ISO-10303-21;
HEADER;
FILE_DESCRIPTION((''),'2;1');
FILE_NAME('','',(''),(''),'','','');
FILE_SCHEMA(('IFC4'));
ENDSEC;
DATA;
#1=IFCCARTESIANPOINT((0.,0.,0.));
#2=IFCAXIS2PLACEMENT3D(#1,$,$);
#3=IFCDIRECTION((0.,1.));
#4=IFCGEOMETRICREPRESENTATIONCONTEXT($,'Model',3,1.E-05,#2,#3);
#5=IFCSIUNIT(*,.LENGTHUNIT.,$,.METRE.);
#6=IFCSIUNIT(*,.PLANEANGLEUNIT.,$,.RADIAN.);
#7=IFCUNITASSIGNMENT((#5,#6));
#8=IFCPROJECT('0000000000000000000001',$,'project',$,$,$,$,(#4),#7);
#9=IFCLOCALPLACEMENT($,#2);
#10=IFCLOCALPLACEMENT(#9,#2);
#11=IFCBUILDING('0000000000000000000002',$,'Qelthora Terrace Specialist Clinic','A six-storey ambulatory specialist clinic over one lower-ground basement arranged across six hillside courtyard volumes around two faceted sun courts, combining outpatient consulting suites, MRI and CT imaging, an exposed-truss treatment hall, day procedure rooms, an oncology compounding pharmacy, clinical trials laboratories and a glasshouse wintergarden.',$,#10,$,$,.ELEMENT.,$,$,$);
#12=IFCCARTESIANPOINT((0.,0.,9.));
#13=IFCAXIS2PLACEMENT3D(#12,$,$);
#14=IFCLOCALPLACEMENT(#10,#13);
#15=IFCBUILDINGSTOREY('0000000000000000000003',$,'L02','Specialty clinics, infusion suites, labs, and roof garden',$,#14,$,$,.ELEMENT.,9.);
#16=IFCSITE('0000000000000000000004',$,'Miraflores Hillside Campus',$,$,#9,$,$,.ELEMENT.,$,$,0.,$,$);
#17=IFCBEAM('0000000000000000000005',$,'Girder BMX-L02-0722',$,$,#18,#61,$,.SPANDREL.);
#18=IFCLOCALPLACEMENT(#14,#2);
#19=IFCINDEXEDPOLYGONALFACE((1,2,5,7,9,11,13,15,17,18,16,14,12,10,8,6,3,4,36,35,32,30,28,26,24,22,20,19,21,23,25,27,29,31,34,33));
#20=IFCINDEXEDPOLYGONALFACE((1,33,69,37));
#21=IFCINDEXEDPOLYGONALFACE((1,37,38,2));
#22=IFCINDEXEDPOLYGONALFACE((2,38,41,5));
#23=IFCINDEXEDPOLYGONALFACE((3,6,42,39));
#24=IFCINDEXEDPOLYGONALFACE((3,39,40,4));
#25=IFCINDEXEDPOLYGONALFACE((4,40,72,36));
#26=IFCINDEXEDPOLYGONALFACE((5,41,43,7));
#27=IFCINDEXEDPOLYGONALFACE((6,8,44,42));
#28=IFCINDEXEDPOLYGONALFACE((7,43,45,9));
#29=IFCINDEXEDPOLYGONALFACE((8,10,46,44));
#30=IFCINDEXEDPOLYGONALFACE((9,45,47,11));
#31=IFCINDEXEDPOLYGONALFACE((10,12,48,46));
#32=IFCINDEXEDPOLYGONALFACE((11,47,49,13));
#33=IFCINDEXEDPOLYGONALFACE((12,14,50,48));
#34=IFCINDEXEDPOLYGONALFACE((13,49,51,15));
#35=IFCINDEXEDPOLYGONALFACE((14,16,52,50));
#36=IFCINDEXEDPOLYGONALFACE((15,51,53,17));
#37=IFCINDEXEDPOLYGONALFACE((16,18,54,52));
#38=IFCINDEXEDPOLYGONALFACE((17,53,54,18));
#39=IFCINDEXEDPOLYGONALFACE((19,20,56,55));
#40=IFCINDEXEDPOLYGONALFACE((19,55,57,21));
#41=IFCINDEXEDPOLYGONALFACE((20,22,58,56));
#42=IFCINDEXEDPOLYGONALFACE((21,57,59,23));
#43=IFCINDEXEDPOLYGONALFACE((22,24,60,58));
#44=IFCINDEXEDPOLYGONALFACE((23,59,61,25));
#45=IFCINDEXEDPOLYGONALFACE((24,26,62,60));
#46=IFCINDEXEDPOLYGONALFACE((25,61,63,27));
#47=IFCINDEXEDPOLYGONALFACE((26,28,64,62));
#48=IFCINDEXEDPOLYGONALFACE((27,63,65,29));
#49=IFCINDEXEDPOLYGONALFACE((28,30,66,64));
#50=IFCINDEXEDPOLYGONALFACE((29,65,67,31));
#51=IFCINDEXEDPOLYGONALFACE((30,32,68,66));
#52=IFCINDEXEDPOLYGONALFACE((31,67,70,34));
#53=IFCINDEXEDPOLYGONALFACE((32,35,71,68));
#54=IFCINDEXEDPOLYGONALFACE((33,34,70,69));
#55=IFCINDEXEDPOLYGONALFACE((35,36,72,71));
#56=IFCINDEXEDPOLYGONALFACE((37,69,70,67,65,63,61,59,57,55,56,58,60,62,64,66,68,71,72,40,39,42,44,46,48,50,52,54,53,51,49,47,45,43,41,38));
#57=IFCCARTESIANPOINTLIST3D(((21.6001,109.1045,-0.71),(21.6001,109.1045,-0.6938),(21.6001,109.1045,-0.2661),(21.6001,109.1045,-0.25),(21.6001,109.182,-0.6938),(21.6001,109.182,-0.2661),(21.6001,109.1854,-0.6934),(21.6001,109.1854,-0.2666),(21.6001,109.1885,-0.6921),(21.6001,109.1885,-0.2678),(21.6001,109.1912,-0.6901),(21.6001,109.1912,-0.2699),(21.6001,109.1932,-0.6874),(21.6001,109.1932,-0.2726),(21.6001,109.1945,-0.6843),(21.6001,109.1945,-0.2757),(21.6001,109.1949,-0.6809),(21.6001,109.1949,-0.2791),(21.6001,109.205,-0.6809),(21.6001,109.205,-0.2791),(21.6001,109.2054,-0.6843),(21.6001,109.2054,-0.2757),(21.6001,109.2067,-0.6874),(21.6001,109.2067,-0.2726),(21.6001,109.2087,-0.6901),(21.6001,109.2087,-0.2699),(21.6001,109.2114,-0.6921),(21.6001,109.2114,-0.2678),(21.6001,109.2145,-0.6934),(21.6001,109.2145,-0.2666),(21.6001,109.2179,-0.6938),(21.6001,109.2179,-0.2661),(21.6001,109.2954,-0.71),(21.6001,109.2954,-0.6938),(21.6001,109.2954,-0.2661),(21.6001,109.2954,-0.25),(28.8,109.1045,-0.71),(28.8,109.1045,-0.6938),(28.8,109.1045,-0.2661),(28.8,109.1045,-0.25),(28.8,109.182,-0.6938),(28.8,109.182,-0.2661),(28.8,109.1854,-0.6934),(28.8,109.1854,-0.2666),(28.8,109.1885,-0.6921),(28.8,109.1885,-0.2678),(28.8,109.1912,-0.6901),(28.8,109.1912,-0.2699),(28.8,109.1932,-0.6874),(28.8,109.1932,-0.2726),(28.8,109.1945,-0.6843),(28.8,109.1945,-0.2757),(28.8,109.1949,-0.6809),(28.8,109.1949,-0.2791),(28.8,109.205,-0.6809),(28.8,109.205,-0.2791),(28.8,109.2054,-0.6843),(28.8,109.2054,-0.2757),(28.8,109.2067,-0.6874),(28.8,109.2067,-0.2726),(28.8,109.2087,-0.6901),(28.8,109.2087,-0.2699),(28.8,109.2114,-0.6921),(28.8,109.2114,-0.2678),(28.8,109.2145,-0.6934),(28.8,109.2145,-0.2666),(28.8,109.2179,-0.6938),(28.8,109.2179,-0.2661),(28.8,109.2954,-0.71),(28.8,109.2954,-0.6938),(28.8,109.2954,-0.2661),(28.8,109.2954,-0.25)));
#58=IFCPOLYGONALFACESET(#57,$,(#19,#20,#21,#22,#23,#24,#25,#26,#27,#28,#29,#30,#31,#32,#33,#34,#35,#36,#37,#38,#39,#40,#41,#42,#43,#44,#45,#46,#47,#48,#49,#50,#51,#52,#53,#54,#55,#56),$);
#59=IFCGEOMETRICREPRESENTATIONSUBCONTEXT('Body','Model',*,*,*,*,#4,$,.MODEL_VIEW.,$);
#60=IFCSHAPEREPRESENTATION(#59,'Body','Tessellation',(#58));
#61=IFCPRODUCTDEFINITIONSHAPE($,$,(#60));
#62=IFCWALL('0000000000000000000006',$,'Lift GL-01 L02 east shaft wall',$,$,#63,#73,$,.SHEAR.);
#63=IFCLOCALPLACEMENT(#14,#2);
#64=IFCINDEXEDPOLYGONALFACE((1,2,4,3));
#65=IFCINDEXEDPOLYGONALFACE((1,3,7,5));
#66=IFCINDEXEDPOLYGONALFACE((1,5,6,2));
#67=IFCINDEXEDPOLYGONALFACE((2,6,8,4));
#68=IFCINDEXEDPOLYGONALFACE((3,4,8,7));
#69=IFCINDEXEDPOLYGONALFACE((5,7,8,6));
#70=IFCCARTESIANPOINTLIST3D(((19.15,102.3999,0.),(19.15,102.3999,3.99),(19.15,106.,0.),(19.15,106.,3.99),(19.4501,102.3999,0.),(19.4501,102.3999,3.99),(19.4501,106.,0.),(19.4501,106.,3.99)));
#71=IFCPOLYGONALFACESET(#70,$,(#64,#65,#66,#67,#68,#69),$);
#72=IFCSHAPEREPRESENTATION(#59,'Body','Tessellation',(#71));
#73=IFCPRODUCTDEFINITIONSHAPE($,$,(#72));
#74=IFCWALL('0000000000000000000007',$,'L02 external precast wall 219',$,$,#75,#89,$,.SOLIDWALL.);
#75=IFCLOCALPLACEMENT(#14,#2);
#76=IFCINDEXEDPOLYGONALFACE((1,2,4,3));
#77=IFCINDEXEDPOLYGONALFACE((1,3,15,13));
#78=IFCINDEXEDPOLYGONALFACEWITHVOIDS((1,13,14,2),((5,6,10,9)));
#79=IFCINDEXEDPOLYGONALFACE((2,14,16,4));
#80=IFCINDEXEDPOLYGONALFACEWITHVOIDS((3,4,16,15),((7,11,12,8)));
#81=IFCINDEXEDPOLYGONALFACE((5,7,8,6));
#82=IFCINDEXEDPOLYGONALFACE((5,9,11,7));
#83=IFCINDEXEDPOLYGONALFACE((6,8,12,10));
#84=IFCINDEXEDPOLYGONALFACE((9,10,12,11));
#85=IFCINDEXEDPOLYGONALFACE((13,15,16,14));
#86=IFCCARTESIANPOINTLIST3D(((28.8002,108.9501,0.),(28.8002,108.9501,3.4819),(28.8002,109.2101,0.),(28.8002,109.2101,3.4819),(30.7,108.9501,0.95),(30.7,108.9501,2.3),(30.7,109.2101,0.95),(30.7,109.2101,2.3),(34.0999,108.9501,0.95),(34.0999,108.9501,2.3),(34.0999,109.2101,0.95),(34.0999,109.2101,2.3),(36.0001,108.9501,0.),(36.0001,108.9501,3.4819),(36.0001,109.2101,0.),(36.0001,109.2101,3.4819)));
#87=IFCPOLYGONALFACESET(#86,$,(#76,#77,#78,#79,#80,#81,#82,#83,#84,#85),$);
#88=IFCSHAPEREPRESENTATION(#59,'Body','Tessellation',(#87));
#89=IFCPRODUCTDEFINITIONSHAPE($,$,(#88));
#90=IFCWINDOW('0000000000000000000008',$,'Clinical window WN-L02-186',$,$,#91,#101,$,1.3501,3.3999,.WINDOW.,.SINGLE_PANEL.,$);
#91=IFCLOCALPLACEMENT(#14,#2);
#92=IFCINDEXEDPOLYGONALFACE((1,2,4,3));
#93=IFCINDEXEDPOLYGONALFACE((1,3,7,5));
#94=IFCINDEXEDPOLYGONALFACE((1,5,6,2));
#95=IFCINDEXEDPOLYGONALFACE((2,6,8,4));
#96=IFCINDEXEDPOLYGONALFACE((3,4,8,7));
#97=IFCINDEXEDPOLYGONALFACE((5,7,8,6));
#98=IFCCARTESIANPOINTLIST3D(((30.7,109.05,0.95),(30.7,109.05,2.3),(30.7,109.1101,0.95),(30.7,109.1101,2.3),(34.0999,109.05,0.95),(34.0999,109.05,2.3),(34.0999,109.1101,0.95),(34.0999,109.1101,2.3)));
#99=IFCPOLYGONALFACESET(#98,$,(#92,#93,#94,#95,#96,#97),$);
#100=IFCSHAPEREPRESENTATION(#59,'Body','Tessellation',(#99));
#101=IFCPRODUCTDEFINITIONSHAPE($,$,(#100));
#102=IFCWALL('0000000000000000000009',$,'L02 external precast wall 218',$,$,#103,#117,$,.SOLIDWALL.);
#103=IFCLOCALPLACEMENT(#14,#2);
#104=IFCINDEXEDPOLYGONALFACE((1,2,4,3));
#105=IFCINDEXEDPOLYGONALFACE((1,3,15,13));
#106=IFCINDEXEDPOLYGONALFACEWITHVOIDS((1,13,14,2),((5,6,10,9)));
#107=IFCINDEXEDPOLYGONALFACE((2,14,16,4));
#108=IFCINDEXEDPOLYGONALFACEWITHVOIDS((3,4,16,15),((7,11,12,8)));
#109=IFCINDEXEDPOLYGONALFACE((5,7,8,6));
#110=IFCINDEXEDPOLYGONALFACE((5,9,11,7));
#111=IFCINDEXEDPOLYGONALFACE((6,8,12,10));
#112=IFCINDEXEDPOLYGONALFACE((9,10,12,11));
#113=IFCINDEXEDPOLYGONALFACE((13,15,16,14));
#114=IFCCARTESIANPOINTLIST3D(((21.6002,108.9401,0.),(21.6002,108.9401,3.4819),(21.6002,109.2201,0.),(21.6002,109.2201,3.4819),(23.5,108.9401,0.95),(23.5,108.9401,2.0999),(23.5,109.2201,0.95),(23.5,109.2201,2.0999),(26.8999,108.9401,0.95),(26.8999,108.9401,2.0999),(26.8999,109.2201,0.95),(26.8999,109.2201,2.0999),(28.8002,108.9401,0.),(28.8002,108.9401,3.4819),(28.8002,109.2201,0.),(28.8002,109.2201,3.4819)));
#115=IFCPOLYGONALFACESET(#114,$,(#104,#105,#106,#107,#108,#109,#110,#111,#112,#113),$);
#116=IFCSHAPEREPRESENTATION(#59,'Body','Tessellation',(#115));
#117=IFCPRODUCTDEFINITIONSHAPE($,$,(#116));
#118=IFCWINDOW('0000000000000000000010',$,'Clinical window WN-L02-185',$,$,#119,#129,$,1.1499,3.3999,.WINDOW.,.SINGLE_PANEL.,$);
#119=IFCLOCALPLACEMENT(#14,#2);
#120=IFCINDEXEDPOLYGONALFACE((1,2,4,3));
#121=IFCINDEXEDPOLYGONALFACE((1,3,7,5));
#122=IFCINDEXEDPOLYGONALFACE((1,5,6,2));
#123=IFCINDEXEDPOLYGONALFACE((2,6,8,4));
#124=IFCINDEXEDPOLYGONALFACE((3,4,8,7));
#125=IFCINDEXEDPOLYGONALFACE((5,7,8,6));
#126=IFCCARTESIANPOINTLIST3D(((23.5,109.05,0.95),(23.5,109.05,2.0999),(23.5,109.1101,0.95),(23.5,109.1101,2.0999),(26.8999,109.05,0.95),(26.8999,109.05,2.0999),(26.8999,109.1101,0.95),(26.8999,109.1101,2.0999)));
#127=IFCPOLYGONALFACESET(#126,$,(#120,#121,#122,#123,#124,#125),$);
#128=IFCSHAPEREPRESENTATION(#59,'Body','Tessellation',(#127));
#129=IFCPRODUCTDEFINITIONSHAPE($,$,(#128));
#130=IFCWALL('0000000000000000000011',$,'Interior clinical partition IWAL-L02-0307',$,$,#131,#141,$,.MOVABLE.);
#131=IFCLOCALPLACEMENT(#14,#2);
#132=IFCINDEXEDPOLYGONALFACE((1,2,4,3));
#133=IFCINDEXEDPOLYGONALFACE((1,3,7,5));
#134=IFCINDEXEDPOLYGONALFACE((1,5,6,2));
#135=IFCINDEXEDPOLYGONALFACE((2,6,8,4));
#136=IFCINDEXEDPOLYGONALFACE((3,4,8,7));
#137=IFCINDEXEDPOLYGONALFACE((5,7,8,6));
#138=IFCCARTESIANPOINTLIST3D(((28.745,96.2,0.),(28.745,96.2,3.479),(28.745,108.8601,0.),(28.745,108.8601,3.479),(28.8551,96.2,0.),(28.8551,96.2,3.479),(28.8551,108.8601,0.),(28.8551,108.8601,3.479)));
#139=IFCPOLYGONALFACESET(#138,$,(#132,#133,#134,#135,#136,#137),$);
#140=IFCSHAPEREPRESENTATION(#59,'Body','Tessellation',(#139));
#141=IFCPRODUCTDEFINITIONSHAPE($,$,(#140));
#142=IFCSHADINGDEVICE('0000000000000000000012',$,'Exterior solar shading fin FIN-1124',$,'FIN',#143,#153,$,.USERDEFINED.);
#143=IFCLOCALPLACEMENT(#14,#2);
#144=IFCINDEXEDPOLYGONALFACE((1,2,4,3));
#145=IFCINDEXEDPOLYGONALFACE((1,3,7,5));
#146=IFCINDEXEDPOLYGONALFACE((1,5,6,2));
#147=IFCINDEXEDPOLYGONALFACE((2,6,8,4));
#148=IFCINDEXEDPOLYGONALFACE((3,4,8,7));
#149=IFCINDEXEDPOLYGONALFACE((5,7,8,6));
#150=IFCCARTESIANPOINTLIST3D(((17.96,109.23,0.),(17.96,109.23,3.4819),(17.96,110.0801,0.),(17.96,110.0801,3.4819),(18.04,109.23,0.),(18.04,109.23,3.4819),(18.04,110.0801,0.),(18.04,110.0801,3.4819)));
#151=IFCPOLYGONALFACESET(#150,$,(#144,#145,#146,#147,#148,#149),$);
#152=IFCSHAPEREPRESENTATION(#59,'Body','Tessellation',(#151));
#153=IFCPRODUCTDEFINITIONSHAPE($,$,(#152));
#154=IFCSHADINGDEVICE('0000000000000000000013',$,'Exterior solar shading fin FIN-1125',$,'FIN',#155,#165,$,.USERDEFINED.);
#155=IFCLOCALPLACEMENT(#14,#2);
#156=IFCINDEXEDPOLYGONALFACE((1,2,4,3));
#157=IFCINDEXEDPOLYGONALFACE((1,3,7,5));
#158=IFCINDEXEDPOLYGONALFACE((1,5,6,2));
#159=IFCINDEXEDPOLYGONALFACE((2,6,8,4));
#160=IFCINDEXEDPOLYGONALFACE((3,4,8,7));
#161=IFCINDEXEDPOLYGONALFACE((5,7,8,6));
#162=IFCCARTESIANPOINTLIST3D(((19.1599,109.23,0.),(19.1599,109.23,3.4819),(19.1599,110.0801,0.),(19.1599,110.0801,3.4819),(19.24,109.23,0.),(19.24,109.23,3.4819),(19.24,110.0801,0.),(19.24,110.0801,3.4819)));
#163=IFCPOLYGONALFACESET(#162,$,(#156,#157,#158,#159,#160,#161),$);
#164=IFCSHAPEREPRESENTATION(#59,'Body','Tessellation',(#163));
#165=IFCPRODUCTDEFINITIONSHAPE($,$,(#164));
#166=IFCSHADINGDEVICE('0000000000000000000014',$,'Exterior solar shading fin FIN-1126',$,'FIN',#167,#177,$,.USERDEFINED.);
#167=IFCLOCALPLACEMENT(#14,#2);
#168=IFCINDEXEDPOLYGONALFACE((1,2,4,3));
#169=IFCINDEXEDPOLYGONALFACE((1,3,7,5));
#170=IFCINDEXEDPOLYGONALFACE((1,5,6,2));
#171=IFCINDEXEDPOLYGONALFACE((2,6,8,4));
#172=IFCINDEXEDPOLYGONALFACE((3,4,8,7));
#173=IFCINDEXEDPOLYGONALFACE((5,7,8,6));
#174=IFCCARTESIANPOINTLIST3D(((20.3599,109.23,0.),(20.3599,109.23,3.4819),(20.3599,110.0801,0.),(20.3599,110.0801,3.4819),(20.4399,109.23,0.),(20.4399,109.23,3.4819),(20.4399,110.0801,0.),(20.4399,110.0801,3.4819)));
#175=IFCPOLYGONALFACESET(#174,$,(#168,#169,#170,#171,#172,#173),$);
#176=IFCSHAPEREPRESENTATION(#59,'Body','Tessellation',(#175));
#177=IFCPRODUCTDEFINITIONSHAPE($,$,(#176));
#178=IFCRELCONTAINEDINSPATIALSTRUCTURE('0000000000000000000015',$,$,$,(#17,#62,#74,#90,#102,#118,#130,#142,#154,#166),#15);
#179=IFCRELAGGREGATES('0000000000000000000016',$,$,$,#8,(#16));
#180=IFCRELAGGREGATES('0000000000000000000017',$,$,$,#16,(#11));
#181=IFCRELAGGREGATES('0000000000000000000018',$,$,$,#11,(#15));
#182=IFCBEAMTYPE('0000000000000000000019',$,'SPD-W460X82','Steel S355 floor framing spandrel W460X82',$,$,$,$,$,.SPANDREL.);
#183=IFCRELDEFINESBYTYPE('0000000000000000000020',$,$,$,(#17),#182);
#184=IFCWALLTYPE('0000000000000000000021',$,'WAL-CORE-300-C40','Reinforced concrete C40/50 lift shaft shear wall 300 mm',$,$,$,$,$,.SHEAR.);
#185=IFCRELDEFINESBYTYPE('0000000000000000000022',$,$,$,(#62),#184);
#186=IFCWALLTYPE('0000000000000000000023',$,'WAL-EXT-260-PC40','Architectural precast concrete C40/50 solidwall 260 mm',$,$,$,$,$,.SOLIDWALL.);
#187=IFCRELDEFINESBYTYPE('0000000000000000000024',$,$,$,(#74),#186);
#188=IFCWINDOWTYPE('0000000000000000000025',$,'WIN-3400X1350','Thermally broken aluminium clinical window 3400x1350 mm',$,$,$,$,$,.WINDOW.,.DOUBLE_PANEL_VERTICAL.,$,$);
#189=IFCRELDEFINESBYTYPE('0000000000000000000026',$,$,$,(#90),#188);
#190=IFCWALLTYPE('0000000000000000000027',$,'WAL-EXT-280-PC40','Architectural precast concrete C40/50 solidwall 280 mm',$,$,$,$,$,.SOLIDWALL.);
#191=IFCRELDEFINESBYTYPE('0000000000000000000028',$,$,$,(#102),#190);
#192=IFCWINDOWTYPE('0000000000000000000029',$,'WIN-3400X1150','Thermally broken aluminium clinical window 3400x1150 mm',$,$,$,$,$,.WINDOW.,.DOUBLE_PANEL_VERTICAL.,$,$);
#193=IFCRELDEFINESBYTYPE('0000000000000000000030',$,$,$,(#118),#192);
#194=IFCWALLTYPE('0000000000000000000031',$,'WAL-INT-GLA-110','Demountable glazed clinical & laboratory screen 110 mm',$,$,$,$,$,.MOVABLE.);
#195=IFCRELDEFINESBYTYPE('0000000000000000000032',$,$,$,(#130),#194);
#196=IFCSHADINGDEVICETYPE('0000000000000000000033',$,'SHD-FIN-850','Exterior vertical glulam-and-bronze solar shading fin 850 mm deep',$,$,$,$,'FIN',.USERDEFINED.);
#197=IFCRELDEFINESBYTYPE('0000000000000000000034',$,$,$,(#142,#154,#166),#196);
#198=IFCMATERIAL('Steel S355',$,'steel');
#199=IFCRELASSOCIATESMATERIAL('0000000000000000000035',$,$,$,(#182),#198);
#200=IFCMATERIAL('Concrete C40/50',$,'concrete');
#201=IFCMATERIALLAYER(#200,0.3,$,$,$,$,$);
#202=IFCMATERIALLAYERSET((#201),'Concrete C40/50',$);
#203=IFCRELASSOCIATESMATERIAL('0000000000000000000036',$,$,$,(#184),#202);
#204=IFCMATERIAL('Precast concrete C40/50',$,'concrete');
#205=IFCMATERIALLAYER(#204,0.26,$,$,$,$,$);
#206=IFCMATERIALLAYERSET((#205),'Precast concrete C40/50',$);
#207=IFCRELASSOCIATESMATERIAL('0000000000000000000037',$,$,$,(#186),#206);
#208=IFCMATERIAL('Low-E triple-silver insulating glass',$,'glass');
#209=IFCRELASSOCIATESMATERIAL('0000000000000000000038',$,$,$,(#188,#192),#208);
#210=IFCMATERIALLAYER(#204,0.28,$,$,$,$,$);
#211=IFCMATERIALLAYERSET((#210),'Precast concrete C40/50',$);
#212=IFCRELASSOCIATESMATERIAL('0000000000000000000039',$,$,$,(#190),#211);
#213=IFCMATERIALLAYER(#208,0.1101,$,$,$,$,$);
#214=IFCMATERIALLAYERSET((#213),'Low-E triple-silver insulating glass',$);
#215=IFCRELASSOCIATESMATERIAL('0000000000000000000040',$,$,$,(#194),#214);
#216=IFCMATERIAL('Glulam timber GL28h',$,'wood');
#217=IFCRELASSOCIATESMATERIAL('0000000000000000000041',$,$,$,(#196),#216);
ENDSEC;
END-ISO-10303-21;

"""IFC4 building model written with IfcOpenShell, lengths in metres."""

from ifc_helpers import new_model, si_unit, direction, frame, frame_2d, origin, origin_2d, place, context, subcontext, project, spatial, rectangle, i_section, extrude, material, layer, layer_set, material_profile, profile_set, type_object, element, fill, save


model = new_model("IFC4")

# Units and contexts
model_context = context("Model", 3, precision=1e-05, world=origin(), true_north=direction((0.0, 1.0)))
body_context = subcontext(model_context, "Body", "Model", "MODEL_VIEW")
ifc_project = project(units=[si_unit("LENGTHUNIT", "METRE"), si_unit("PLANEANGLEUNIT", "RADIAN")], contexts=[model_context])

# Site, building, storey
site_placement = place(None, origin())
site = spatial("IfcSite", under=ifc_project, at=site_placement, Name="Miraflores Hillside Campus", CompositionType="ELEMENT", RefElevation=0.0)
building_placement = place(site_placement, origin())
building = spatial("IfcBuilding", under=site, at=building_placement, Name="Qelthora Terrace Specialist Clinic", Description="A six-storey ambulatory specialist clinic over one lower-ground basement arranged across six hillside courtyard volumes around two faceted sun courts, combining outpatient consulting suites, MRI and CT imaging, an exposed-truss treatment hall, day procedure rooms, an oncology compounding pharmacy, clinical trials laboratories and a glasshouse wintergarden.", CompositionType="ELEMENT")
storey_placement = place(building_placement, frame((0.0, 0.0, 9.0)))
storey = spatial("IfcBuildingStorey", under=building, at=storey_placement, Name="L02", Description="Specialty clinics, infusion suites, labs, and roof garden", CompositionType="ELEMENT", Elevation=9.0)

# Shared definitions
ifc_material_1 = material(Name="Steel S355", Category="steel")

# Beam
ifc_material_profile_1 = material_profile(ifc_material_1, i_section(OverallWidth=0.1909, OverallDepth=0.46, WebThickness=0.01, FlangeThickness=0.0161, FilletRadius=0.0129, at=origin_2d()), Name="W460X82")
ifc_profile_set_1 = profile_set([ifc_material_profile_1], Name="Steel S355")
beam_type_1 = type_object("IfcBeamType", Name="SPD-W460X82", Description="Steel S355 floor framing spandrel W460X82", PredefinedType="SPANDREL", material=ifc_profile_set_1)
beam_1_placement = place(storey_placement, frame((21.6001, 109.2, -0.48), z_axis=(1.0, 0.0, 0.0), x_axis=(0.0, 1.0, 0.0)))
element("IfcBeam", 1, at=beam_1_placement, inside=storey, type_object=beam_type_1, Name="Girder BMX-L02-0722", PredefinedType="SPANDREL", context=body_context, shape_type="SweptSolid", body=[
    extrude(i_section(OverallWidth=0.1909, OverallDepth=0.46, WebThickness=0.01, FlangeThickness=0.0161, FilletRadius=0.0129, at=origin_2d()), origin(), (0.0, 0.0, 1.0), 7.2),
])

# Wall
ifc_material_2 = material(Name="Concrete C40/50", Category="concrete")
ifc_layer_1 = layer(ifc_material_2, 0.3)
ifc_layer_set_1 = layer_set([ifc_layer_1], Name="Concrete C40/50")
wall_type_1 = type_object("IfcWallType", Name="WAL-CORE-300-C40", Description="Reinforced concrete C40/50 lift shaft shear wall 300 mm", PredefinedType="SHEAR", material=ifc_layer_set_1)
wall_1_placement = place(storey_placement, frame((19.3, 102.3999, 0.0), z_axis=(0.0, 0.0, 1.0), x_axis=(0.0, 1.0, 0.0)))
element("IfcWall", 2, at=wall_1_placement, inside=storey, type_object=wall_type_1, Name="Lift GL-01 L02 east shaft wall", PredefinedType="SHEAR", context=body_context, shape_type="SweptSolid", body=[
    extrude(rectangle(XDim=3.6001, YDim=0.3, at=frame_2d((1.8, 0.0))), origin(), (0.0, 0.0, 1.0), 3.99),
])

# Walls, openings, windows
ifc_material_3 = material(Name="Precast concrete C40/50", Category="concrete")
ifc_layer_2 = layer(ifc_material_3, 0.26)
ifc_layer_set_2 = layer_set([ifc_layer_2], Name="Precast concrete C40/50")
wall_type_2 = type_object("IfcWallType", Name="WAL-EXT-260-PC40", Description="Architectural precast concrete C40/50 solidwall 260 mm", PredefinedType="SOLIDWALL", material=ifc_layer_set_2)
wall_2_placement = place(storey_placement, frame((28.8, 109.0801, 0.0), z_axis=(0.0, 0.0, 1.0), x_axis=(1.0, 0.0, 0.0)))
wall_2 = element("IfcWall", 3, at=wall_2_placement, inside=storey, type_object=wall_type_2, Name="L02 external precast wall 219", PredefinedType="SOLIDWALL", context=body_context, shape_type="SweptSolid", body=[
    extrude(rectangle(XDim=7.2, YDim=0.26, at=frame_2d((3.6001, 0.0))), origin(), (0.0, 0.0, 1.0), 3.4819),
])
opening_1_placement = place(wall_2_placement, frame((1.8999, 0.0, 0.95)))
opening_1 = element("IfcOpeningElement", 4, at=opening_1_placement, cuts=wall_2, PredefinedType="OPENING", context=body_context, shape_type="SweptSolid", body=[
    extrude(rectangle(XDim=3.3999, YDim=1.3501, at=frame_2d((1.7, 0.675))), frame((0.0, 0.1399, 0.0), z_axis=(0.0, -1.0, 0.0), x_axis=(1.0, 0.0, 0.0)), (0.0, 0.0, 1.0), 0.28),
])
ifc_material_4 = material(Name="Low-E triple-silver insulating glass", Category="glass")
window_type_1 = type_object("IfcWindowType", Name="WIN-3400X1350", Description="Thermally broken aluminium clinical window 3400x1350 mm", PartitioningType="DOUBLE_PANEL_VERTICAL", PredefinedType="WINDOW", material=ifc_material_4)
window_1_placement = place(opening_1_placement, origin())
window_1 = element("IfcWindow", 5, at=window_1_placement, inside=storey, type_object=window_type_1, Name="Clinical window WN-L02-186", OverallHeight=1.3501, OverallWidth=3.3999, PartitioningType="SINGLE_PANEL", PredefinedType="WINDOW", context=body_context, shape_type="SweptSolid", body=[
    extrude(rectangle(XDim=3.3999, YDim=1.3501, at=frame_2d((1.7, 0.675))), frame((0.0, 0.03, 0.0), z_axis=(0.0, -1.0, 0.0), x_axis=(1.0, 0.0, 0.0)), (0.0, 0.0, 1.0), 0.0601),
])
fill(opening_1, window_1)
ifc_layer_3 = layer(ifc_material_3, 0.28)
ifc_layer_set_3 = layer_set([ifc_layer_3], Name="Precast concrete C40/50")
wall_type_3 = type_object("IfcWallType", Name="WAL-EXT-280-PC40", Description="Architectural precast concrete C40/50 solidwall 280 mm", PredefinedType="SOLIDWALL", material=ifc_layer_set_3)
wall_3_placement = place(storey_placement, frame((21.6001, 109.0801, 0.0), z_axis=(0.0, 0.0, 1.0), x_axis=(1.0, 0.0, 0.0)))
wall_3 = element("IfcWall", 6, at=wall_3_placement, inside=storey, type_object=wall_type_3, Name="L02 external precast wall 218", PredefinedType="SOLIDWALL", context=body_context, shape_type="SweptSolid", body=[
    extrude(rectangle(XDim=7.2, YDim=0.28, at=frame_2d((3.6001, 0.0))), origin(), (0.0, 0.0, 1.0), 3.4819),
])
opening_2_placement = place(wall_3_placement, frame((1.8999, 0.0, 0.95)))
opening_2 = element("IfcOpeningElement", 7, at=opening_2_placement, cuts=wall_3, PredefinedType="OPENING", context=body_context, shape_type="SweptSolid", body=[
    extrude(rectangle(XDim=3.3999, YDim=1.1499, at=frame_2d((1.7, 0.575))), frame((0.0, 0.1499, 0.0), z_axis=(0.0, -1.0, 0.0), x_axis=(1.0, 0.0, 0.0)), (0.0, 0.0, 1.0), 0.3),
])
window_type_2 = type_object("IfcWindowType", Name="WIN-3400X1150", Description="Thermally broken aluminium clinical window 3400x1150 mm", PartitioningType="DOUBLE_PANEL_VERTICAL", PredefinedType="WINDOW", material=ifc_material_4)
window_2_placement = place(opening_2_placement, origin())
window_2 = element("IfcWindow", 8, at=window_2_placement, inside=storey, type_object=window_type_2, Name="Clinical window WN-L02-185", OverallHeight=1.1499, OverallWidth=3.3999, PartitioningType="SINGLE_PANEL", PredefinedType="WINDOW", context=body_context, shape_type="SweptSolid", body=[
    extrude(rectangle(XDim=3.3999, YDim=1.1499, at=frame_2d((1.7, 0.575))), frame((0.0, 0.03, 0.0), z_axis=(0.0, -1.0, 0.0), x_axis=(1.0, 0.0, 0.0)), (0.0, 0.0, 1.0), 0.0601),
])
fill(opening_2, window_2)

# Wall
ifc_layer_4 = layer(ifc_material_4, 0.1101)
ifc_layer_set_4 = layer_set([ifc_layer_4], Name="Low-E triple-silver insulating glass")
wall_type_4 = type_object("IfcWallType", Name="WAL-INT-GLA-110", Description="Demountable glazed clinical & laboratory screen 110 mm", PredefinedType="MOVABLE", material=ifc_layer_set_4)
wall_4_placement = place(storey_placement, frame((28.8, 108.8601, 0.0), z_axis=(0.0, 0.0, 1.0), x_axis=(0.0, -1.0, 0.0)))
element("IfcWall", 9, at=wall_4_placement, inside=storey, type_object=wall_type_4, Name="Interior clinical partition IWAL-L02-0307", PredefinedType="MOVABLE", context=body_context, shape_type="SweptSolid", body=[
    extrude(rectangle(XDim=12.6602, YDim=0.1101, at=frame_2d((6.3301, 0.0))), origin(), (0.0, 0.0, 1.0), 3.479),
])

# Shading devices
ifc_material_5 = material(Name="Glulam timber GL28h", Category="wood")
shading_device_type = type_object("IfcShadingDeviceType", Name="SHD-FIN-850", Description="Exterior vertical glulam-and-bronze solar shading fin 850 mm deep", ElementType="FIN", PredefinedType="USERDEFINED", material=ifc_material_5)
for number, where, z_axis, x_axis, name in (
    (10, (18.0, 109.655, 0.0), (0.0, 0.0, 1.0), (0.0, 1.0, 0.0), "Exterior solar shading fin FIN-1124"),
    (11, (19.2, 109.655, 0.0), (0.0, 0.0, 1.0), (0.0, 1.0, 0.0), "Exterior solar shading fin FIN-1125"),
    (12, (20.3999, 109.655, 0.0), (0.0, 0.0, 1.0), (0.0, 1.0, 0.0), "Exterior solar shading fin FIN-1126"),
):
    element("IfcShadingDevice", number, at=place(storey_placement, frame(where, z_axis=z_axis, x_axis=x_axis)), inside=storey, type_object=shading_device_type, Name=name, ObjectType="FIN", PredefinedType="USERDEFINED", context=body_context, shape_type="SweptSolid", body=[
        extrude(rectangle(XDim=0.8501, YDim=0.0801, at=origin_2d()), origin(), (0.0, 0.0, 1.0), 3.4819),
    ])

save(model, "model.ifc")
